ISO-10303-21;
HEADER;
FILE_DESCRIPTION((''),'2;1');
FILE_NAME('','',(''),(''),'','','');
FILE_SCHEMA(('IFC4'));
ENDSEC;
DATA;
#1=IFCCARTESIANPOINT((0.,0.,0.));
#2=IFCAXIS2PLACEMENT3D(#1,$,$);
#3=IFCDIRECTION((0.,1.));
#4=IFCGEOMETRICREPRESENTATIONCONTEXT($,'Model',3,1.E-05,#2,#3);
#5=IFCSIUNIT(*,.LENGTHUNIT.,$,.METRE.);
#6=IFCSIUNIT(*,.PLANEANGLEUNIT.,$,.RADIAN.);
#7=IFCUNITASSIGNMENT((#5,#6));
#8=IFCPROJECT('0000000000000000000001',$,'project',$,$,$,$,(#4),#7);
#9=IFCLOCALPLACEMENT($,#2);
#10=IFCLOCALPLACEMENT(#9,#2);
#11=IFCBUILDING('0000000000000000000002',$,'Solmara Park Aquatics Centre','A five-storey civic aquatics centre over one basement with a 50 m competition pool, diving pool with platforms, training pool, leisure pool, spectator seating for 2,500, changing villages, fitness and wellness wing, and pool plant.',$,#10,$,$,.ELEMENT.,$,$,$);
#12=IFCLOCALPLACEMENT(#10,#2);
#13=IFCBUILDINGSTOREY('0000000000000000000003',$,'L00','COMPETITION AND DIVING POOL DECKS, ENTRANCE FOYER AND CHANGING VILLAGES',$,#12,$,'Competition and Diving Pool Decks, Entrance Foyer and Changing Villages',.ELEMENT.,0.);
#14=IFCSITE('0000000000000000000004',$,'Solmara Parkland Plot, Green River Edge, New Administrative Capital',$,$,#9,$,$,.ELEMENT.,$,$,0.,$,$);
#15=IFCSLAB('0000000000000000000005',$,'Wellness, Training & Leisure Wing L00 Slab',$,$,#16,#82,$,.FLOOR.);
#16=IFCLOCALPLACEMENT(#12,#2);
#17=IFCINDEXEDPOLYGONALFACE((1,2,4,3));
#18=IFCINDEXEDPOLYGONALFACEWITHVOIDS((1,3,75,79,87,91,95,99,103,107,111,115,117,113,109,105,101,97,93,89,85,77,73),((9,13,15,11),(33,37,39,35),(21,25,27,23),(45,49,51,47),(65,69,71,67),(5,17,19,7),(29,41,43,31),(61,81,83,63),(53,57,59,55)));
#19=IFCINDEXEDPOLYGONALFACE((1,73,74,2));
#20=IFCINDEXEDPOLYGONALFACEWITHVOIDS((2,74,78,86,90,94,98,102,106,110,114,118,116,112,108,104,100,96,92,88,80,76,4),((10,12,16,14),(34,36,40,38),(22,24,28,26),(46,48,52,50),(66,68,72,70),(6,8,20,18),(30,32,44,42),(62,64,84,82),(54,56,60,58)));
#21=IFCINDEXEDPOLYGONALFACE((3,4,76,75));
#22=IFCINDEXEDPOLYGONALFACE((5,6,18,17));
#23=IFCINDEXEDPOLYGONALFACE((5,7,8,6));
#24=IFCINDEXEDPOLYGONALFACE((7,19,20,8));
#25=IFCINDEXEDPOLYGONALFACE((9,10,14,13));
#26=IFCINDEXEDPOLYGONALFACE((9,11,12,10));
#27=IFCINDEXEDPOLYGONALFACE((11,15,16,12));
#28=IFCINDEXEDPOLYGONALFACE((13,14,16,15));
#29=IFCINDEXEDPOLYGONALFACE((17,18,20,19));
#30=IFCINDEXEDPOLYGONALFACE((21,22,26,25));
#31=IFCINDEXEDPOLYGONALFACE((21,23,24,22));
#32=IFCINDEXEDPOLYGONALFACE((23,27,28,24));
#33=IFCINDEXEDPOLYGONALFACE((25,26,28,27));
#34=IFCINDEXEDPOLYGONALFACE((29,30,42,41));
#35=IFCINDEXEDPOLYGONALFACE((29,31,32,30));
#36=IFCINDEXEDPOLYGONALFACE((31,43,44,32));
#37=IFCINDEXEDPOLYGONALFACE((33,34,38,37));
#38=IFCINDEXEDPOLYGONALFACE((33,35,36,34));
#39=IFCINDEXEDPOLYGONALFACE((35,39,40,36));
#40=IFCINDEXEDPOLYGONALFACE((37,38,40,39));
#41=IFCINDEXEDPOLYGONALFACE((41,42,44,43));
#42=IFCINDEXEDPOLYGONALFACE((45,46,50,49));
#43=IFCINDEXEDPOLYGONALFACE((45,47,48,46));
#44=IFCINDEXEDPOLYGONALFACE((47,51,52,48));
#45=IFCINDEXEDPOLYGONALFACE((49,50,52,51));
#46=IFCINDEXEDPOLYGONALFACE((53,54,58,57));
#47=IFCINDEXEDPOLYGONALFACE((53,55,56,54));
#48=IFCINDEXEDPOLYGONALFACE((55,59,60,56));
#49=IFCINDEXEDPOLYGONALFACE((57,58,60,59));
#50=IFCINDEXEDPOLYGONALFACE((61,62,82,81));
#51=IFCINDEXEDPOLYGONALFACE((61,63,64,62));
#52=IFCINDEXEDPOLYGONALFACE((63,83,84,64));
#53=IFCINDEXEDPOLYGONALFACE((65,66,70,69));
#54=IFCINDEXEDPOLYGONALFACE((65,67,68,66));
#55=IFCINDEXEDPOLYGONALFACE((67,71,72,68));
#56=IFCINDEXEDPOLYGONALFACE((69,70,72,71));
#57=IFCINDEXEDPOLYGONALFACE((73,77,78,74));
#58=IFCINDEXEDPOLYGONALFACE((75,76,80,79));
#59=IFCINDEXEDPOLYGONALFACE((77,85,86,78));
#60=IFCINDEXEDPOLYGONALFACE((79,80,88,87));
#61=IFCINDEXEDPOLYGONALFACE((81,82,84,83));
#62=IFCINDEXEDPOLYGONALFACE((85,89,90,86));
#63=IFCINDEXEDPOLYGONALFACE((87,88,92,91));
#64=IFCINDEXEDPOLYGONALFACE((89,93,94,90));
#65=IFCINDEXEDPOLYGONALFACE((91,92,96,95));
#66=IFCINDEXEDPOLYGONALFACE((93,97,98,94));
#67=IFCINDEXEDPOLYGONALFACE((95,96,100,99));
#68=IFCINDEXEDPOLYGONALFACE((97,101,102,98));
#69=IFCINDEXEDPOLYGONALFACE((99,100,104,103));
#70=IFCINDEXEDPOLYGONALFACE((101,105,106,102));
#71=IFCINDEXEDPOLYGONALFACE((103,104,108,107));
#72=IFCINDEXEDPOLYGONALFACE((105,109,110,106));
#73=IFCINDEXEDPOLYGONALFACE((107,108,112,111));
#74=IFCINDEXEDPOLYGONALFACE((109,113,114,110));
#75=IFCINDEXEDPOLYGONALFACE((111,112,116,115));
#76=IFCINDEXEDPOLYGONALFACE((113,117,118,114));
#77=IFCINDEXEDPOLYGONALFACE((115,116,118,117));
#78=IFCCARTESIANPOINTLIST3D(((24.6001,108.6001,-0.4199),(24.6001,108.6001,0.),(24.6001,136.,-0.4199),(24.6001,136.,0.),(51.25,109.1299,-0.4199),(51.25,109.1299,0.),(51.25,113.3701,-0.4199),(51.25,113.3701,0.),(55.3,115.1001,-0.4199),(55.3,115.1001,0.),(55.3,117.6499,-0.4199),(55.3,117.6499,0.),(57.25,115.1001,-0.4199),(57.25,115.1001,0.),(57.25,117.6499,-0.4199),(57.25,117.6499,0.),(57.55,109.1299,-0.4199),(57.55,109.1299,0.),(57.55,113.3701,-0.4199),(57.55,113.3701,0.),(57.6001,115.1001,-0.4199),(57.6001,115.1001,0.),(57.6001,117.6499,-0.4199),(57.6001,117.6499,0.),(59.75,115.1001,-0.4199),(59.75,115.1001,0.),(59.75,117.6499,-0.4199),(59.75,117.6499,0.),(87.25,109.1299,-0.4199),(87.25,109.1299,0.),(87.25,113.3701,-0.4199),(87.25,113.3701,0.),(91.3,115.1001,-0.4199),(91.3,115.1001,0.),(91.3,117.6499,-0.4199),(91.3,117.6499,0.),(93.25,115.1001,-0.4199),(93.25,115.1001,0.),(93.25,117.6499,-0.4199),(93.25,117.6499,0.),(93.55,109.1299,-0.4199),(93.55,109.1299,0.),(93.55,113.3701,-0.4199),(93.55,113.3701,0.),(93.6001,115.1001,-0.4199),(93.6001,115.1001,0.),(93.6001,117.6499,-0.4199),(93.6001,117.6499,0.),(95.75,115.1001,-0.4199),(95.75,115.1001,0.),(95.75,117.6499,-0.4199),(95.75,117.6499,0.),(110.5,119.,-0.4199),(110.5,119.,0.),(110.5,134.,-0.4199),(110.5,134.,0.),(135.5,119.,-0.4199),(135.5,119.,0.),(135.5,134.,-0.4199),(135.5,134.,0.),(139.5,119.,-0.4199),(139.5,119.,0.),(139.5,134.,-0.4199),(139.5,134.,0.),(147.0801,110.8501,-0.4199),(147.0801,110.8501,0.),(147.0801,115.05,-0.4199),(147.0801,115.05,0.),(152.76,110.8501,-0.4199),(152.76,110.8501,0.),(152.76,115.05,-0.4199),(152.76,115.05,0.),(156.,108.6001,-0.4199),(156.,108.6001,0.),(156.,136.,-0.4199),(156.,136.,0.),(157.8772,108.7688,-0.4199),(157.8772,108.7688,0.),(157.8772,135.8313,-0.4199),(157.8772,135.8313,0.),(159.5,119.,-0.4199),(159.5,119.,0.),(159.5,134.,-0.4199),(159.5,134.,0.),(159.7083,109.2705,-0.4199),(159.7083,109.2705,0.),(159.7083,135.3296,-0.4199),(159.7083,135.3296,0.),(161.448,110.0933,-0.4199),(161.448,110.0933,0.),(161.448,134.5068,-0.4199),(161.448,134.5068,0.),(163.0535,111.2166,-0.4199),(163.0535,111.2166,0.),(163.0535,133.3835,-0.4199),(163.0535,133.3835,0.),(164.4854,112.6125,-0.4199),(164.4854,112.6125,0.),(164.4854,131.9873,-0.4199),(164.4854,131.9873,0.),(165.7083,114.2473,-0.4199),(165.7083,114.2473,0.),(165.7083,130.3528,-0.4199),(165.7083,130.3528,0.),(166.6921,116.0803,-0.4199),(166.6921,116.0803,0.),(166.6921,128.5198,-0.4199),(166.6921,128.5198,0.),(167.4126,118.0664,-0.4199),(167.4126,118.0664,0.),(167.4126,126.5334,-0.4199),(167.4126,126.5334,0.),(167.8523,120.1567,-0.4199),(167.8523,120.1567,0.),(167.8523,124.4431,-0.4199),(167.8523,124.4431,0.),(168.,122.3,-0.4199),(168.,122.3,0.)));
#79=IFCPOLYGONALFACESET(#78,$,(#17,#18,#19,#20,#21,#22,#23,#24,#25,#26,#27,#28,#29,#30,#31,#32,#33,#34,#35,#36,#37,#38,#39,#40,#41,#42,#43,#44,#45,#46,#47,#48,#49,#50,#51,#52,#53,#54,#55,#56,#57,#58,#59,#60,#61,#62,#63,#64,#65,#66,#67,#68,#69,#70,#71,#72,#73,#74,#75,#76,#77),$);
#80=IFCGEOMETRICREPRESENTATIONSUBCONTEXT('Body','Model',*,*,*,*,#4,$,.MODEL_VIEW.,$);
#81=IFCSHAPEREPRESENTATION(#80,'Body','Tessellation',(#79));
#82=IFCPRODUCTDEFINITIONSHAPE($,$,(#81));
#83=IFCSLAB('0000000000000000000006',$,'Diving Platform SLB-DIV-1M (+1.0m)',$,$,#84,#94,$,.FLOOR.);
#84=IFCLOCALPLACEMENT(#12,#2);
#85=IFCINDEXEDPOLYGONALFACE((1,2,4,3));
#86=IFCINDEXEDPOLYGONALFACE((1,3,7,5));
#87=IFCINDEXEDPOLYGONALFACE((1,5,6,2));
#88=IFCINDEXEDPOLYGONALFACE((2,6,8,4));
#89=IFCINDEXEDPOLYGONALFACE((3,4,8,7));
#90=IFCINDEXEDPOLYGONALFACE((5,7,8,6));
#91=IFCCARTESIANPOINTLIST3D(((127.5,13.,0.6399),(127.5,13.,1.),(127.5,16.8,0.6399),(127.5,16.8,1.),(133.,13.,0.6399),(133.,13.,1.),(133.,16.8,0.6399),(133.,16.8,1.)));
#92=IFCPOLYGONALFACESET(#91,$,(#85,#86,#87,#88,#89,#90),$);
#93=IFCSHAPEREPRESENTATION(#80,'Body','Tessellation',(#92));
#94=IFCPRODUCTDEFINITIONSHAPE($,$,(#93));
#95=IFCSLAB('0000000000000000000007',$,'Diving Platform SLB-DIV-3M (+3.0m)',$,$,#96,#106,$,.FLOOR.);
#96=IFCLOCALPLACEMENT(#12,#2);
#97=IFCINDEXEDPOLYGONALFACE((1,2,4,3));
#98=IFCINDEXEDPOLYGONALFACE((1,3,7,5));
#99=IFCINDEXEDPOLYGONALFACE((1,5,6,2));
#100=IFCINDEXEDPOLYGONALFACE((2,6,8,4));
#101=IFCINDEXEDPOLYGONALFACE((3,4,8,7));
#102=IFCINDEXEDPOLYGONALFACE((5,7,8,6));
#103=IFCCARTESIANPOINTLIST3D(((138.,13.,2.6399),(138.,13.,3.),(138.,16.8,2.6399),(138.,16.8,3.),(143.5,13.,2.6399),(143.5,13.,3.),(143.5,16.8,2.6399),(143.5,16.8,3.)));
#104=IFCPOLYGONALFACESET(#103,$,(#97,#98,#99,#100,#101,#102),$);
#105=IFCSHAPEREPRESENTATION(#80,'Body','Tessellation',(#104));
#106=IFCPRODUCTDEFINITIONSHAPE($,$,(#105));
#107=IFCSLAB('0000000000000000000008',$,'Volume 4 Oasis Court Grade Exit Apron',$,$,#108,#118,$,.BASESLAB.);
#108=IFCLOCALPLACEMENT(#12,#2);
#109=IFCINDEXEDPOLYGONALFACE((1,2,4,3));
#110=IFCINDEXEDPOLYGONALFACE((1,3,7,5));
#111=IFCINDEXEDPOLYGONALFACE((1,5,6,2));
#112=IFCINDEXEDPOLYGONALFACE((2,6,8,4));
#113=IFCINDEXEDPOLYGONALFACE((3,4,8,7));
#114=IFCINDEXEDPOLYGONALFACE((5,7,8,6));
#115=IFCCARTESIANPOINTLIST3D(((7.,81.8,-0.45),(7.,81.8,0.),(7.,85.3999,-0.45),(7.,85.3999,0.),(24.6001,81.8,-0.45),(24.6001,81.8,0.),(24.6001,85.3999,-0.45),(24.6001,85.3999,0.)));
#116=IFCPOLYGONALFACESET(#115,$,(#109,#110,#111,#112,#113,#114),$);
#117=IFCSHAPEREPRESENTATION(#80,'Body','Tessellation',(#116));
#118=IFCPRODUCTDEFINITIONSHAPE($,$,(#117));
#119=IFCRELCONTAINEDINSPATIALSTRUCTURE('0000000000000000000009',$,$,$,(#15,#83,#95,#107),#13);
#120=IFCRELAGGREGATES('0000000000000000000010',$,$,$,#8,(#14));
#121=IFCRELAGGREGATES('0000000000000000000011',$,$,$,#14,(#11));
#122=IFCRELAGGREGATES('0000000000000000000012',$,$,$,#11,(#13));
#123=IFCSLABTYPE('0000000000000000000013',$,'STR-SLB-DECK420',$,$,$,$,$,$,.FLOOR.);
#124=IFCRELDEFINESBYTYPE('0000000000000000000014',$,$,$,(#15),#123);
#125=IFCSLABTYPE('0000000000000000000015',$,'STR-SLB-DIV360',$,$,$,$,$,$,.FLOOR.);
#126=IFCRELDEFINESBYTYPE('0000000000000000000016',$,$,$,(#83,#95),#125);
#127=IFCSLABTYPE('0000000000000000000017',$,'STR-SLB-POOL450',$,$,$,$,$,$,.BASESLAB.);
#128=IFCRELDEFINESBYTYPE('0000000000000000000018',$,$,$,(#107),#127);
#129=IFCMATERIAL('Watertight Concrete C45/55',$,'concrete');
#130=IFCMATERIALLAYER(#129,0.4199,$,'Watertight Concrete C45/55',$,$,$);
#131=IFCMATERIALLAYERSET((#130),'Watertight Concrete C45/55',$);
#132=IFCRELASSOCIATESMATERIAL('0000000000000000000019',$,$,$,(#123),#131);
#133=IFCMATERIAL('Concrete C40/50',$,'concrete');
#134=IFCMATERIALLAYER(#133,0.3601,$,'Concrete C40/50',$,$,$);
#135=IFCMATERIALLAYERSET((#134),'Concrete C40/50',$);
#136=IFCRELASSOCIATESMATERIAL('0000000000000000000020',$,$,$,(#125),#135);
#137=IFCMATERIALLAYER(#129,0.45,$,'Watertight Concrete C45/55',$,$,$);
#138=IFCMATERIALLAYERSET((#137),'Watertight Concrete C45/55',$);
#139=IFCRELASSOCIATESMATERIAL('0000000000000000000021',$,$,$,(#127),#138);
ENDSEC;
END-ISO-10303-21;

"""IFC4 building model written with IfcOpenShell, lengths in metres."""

from ifc_helpers import new_model, si_unit, direction, frame, origin, place, context, subcontext, project, spatial, polyline, outline, extrude, material, layer, layer_set, type_object, element, save


model = new_model("IFC4")

# Units and contexts
model_context = context("Model", 3, precision=1e-05, world=origin(), true_north=direction((0.0, 1.0)))
body_context = subcontext(model_context, "Body", "Model", "MODEL_VIEW")
ifc_project = project(units=[si_unit("LENGTHUNIT", "METRE"), si_unit("PLANEANGLEUNIT", "RADIAN")], contexts=[model_context])

# Site, building, storey
site_placement = place(None, origin())
site = spatial("IfcSite", under=ifc_project, at=site_placement, Name="Solmara Parkland Plot, Green River Edge, New Administrative Capital", CompositionType="ELEMENT", RefElevation=0.0)
building_placement = place(site_placement, origin())
building = spatial("IfcBuilding", under=site, at=building_placement, Name="Solmara Park Aquatics Centre", Description="A five-storey civic aquatics centre over one basement with a 50 m competition pool, diving pool with platforms, training pool, leisure pool, spectator seating for 2,500, changing villages, fitness and wellness wing, and pool plant.", CompositionType="ELEMENT")
storey_placement = place(building_placement, origin())
storey = spatial("IfcBuildingStorey", under=building, at=storey_placement, Name="L00", Description="COMPETITION AND DIVING POOL DECKS, ENTRANCE FOYER AND CHANGING VILLAGES", LongName="Competition and Diving Pool Decks, Entrance Foyer and Changing Villages", CompositionType="ELEMENT", Elevation=0.0)

# Shared definitions
ifc_material_1 = material(Name="Concrete C40/50", Category="concrete")

# Slabs
ifc_material_2 = material(Name="Watertight Concrete C45/55", Category="concrete")
ifc_layer_1 = layer(ifc_material_2, 0.4199, Name="Watertight Concrete C45/55")
ifc_layer_set_1 = layer_set([ifc_layer_1], Name="Watertight Concrete C45/55")
slab_type_1 = type_object("IfcSlabType", Name="STR-SLB-DECK420", PredefinedType="FLOOR", material=ifc_layer_set_1)
slab_1_placement = place(storey_placement, frame((0.0, 0.0, -0.4199)))
element("IfcSlab", 1, at=slab_1_placement, inside=storey, type_object=slab_type_1, Name="Wellness, Training & Leisure Wing L00 Slab", PredefinedType="FLOOR", context=body_context, shape_type="SweptSolid", body=[
    extrude(outline(polyline([(24.6001, 108.6001), (156.0, 108.6001), (157.8772, 108.7688), (159.7083, 109.2705), (161.448, 110.0933), (163.0535, 111.2166), (164.4854, 112.6125), (165.7083, 114.2473), (166.6921, 116.0803), (167.4126, 118.0664), (167.8523, 120.1567), (168.0, 122.3), (167.8523, 124.4431), (167.4126, 126.5334), (166.6921, 128.5198), (165.7083, 130.3528), (164.4854, 131.9873), (163.0535, 133.3835), (161.448, 134.5068), (159.7083, 135.3296), (157.8772, 135.8313), (156.0, 136.0), (24.6001, 136.0), (24.6001, 108.6001)]), holes=[polyline([(110.5, 119.0), (135.5, 119.0), (135.5, 134.0), (110.5, 134.0), (110.5, 119.0)]), polyline([(139.5, 119.0), (159.5, 119.0), (159.5, 134.0), (139.5, 134.0), (139.5, 119.0)]), polyline([(51.25, 109.1299), (57.55, 109.1299), (57.55, 113.3701), (51.25, 113.3701), (51.25, 109.1299)]), polyline([(57.6001, 115.1001), (59.75, 115.1001), (59.75, 117.6499), (57.6001, 117.6499), (57.6001, 115.1001)]), polyline([(55.3, 115.1001), (57.25, 115.1001), (57.25, 117.6499), (55.3, 117.6499), (55.3, 115.1001)]), polyline([(87.25, 109.1299), (93.55, 109.1299), (93.55, 113.3701), (87.25, 113.3701), (87.25, 109.1299)]), polyline([(93.6001, 115.1001), (95.75, 115.1001), (95.75, 117.6499), (93.6001, 117.6499), (93.6001, 115.1001)]), polyline([(91.3, 115.1001), (93.25, 115.1001), (93.25, 117.6499), (91.3, 117.6499), (91.3, 115.1001)]), polyline([(147.0801, 110.8501), (152.76, 110.8501), (152.76, 115.05), (147.0801, 115.05), (147.0801, 110.8501)])]), origin(), (0.0, 0.0, 1.0), 0.4199),
])
ifc_layer_2 = layer(ifc_material_1, 0.3601, Name="Concrete C40/50")
ifc_layer_set_2 = layer_set([ifc_layer_2], Name="Concrete C40/50")
slab_type_2 = type_object("IfcSlabType", Name="STR-SLB-DIV360", PredefinedType="FLOOR", material=ifc_layer_set_2)
slab_2_placement = place(storey_placement, frame((0.0, 0.0, 0.6399)))
element("IfcSlab", 2, at=slab_2_placement, inside=storey, type_object=slab_type_2, Name="Diving Platform SLB-DIV-1M (+1.0m)", PredefinedType="FLOOR", context=body_context, shape_type="SweptSolid", body=[
    extrude(outline(polyline([(127.5, 13.0), (133.0, 13.0), (133.0, 16.8), (127.5, 16.8), (127.5, 13.0)])), origin(), (0.0, 0.0, 1.0), 0.3601),
])
slab_3_placement = place(storey_placement, frame((0.0, 0.0, 2.6399)))
element("IfcSlab", 3, at=slab_3_placement, inside=storey, type_object=slab_type_2, Name="Diving Platform SLB-DIV-3M (+3.0m)", PredefinedType="FLOOR", context=body_context, shape_type="SweptSolid", body=[
    extrude(outline(polyline([(138.0, 13.0), (143.5, 13.0), (143.5, 16.8), (138.0, 16.8), (138.0, 13.0)])), origin(), (0.0, 0.0, 1.0), 0.3601),
])
ifc_layer_3 = layer(ifc_material_2, 0.45, Name="Watertight Concrete C45/55")
ifc_layer_set_3 = layer_set([ifc_layer_3], Name="Watertight Concrete C45/55")
slab_type_3 = type_object("IfcSlabType", Name="STR-SLB-POOL450", PredefinedType="BASESLAB", material=ifc_layer_set_3)
slab_4_placement = place(storey_placement, frame((0.0, 0.0, -0.45)))
element("IfcSlab", 4, at=slab_4_placement, inside=storey, type_object=slab_type_3, Name="Volume 4 Oasis Court Grade Exit Apron", PredefinedType="BASESLAB", context=body_context, shape_type="SweptSolid", body=[
    extrude(outline(polyline([(7.0, 81.8), (24.6001, 81.8), (24.6001, 85.3999), (7.0, 85.3999), (7.0, 81.8)])), origin(), (0.0, 0.0, 1.0), 0.45),
])

save(model, "model.ifc")
